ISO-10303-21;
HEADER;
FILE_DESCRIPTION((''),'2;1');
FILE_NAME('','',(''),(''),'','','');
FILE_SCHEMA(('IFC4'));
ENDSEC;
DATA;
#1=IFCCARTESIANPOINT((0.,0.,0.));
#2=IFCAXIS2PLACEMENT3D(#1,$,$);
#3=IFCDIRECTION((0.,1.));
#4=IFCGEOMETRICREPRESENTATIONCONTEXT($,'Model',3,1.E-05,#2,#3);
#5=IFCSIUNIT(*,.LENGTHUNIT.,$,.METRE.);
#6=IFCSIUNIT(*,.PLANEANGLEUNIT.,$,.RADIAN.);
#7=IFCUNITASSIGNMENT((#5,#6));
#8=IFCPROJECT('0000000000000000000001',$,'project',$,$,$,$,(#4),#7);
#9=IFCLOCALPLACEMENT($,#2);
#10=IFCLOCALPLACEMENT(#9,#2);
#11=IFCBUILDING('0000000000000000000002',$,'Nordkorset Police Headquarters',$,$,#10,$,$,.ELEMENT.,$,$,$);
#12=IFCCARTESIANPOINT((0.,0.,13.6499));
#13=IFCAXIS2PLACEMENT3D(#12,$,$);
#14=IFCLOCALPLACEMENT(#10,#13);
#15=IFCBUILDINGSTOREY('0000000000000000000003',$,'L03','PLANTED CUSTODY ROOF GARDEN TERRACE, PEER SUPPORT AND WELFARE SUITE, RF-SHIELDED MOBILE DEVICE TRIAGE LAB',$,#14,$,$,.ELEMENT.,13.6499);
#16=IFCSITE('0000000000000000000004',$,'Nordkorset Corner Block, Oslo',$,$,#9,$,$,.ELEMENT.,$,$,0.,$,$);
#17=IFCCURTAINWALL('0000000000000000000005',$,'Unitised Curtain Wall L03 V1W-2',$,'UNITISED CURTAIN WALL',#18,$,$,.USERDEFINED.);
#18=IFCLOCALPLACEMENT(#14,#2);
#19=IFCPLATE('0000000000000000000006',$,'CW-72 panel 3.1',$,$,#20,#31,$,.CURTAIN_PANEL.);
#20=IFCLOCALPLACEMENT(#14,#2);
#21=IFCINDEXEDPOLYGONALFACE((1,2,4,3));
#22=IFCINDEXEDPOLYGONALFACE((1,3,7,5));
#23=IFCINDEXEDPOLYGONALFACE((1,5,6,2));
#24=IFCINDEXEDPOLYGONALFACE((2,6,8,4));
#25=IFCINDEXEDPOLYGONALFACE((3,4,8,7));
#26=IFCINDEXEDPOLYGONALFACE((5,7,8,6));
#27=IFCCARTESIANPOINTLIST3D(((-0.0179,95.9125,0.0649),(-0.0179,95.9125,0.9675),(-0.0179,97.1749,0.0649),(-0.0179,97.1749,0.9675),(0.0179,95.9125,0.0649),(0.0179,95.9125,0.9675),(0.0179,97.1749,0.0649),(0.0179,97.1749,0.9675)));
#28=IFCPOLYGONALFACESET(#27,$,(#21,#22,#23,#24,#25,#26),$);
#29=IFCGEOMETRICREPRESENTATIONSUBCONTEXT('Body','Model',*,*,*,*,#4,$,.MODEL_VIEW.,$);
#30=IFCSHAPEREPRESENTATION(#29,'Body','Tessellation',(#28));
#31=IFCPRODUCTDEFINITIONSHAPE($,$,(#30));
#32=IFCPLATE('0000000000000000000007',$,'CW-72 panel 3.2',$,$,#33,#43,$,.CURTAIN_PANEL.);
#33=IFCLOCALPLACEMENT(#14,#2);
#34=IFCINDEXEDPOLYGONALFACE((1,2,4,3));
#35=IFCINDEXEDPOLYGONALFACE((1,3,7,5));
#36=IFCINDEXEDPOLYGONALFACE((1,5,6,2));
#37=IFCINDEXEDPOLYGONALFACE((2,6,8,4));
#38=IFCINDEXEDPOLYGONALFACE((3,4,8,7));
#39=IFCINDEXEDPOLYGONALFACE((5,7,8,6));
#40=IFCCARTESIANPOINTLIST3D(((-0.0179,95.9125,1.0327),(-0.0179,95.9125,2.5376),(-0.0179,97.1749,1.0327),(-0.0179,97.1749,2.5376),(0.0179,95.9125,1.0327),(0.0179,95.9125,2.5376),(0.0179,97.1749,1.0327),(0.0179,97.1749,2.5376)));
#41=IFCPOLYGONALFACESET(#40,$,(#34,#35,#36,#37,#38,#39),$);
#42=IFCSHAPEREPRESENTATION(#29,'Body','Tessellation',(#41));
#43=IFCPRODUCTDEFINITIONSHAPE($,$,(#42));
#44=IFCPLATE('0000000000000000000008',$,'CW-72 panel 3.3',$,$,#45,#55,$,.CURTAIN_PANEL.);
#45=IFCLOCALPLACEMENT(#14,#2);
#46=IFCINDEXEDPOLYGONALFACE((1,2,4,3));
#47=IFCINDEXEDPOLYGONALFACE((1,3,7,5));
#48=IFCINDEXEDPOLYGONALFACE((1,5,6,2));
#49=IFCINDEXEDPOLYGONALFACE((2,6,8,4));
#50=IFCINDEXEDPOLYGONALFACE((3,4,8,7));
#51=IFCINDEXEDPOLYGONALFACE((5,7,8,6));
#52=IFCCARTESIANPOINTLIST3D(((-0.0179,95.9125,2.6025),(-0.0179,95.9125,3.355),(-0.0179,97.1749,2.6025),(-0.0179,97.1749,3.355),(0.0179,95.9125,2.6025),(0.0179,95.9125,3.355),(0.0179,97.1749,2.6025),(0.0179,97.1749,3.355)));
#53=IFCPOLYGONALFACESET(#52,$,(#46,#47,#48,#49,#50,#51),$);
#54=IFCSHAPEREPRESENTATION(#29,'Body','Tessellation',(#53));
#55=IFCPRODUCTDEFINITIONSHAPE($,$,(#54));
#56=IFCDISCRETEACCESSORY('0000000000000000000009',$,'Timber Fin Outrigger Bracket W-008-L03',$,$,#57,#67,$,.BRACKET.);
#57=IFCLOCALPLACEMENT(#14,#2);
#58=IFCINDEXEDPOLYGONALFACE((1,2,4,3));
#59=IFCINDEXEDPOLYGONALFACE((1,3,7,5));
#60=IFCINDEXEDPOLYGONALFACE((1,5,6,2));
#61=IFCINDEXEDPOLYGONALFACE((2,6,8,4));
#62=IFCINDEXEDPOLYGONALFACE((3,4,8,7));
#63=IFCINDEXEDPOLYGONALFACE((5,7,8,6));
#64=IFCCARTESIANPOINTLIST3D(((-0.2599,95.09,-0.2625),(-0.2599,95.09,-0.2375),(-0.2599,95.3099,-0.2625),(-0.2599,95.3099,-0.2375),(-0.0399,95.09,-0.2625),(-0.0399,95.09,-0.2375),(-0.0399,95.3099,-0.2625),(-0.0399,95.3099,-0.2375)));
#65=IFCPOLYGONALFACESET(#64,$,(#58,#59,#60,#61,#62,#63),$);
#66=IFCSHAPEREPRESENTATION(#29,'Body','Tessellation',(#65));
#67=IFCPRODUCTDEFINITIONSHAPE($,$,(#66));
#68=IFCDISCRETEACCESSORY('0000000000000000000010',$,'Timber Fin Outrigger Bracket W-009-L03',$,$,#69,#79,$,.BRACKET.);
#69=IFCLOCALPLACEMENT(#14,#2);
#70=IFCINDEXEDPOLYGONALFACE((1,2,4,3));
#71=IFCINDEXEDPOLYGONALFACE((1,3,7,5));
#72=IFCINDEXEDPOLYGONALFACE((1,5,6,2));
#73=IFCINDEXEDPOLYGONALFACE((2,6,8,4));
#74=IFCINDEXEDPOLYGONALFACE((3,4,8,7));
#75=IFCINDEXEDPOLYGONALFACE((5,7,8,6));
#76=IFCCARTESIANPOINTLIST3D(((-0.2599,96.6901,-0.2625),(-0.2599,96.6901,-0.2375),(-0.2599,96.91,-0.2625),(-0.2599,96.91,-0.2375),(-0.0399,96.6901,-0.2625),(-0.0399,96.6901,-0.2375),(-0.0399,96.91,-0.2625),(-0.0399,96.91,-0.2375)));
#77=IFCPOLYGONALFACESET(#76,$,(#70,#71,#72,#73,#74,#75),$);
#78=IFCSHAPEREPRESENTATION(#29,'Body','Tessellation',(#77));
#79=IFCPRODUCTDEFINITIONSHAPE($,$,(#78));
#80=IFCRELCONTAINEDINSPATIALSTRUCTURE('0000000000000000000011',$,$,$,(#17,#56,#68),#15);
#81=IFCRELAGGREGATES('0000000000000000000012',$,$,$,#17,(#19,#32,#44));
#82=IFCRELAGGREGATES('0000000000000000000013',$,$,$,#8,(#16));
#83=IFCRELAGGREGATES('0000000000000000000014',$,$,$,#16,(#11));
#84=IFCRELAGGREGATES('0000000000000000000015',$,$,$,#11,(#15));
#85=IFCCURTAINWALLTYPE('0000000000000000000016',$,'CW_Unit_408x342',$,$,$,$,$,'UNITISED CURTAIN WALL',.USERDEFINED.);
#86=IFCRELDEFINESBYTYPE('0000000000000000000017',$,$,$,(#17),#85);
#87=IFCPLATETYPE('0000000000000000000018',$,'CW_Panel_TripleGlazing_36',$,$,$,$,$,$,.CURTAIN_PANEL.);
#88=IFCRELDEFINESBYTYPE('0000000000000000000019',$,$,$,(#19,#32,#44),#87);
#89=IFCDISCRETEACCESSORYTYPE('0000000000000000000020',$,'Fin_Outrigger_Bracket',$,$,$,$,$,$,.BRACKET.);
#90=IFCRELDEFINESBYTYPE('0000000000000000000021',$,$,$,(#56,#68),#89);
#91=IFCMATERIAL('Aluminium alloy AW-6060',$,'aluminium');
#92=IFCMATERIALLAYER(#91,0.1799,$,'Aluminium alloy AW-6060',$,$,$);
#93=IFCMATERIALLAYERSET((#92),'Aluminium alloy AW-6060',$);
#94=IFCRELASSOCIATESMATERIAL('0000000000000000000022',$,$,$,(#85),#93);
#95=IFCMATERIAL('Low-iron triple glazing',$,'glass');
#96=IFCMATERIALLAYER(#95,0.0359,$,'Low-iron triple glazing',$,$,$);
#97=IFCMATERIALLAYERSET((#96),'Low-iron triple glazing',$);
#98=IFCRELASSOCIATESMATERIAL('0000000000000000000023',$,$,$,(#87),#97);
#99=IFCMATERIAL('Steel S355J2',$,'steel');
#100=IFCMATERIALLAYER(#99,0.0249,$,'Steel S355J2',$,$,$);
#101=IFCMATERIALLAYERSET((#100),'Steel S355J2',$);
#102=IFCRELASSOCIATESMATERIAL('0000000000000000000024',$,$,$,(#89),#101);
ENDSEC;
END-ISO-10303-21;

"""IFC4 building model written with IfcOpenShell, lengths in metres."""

from ifc_helpers import new_model, si_unit, direction, frame, origin, origin_2d, place, context, subcontext, project, spatial, rectangle, extrude, material, layer, layer_set, type_object, element, aggregate, save


model = new_model("IFC4")

# Units and contexts
model_context = context("Model", 3, precision=1e-05, world=origin(), true_north=direction((0.0, 1.0)))
body_context = subcontext(model_context, "Body", "Model", "MODEL_VIEW")
ifc_project = project(units=[si_unit("LENGTHUNIT", "METRE"), si_unit("PLANEANGLEUNIT", "RADIAN")], contexts=[model_context])

# Site, building, storey
site_placement = place(None, origin())
site = spatial("IfcSite", under=ifc_project, at=site_placement, Name="Nordkorset Corner Block, Oslo", CompositionType="ELEMENT", RefElevation=0.0)
building_placement = place(site_placement, origin())
building = spatial("IfcBuilding", under=site, at=building_placement, Name="Nordkorset Police Headquarters", CompositionType="ELEMENT")
storey_placement = place(building_placement, frame((0.0, 0.0, 13.6499)))
storey = spatial("IfcBuildingStorey", under=building, at=storey_placement, Name="L03", Description="PLANTED CUSTODY ROOF GARDEN TERRACE, PEER SUPPORT AND WELFARE SUITE, RF-SHIELDED MOBILE DEVICE TRIAGE LAB", CompositionType="ELEMENT", Elevation=13.6499)

# Curtain wall
ifc_material_1 = material(Name="Aluminium alloy AW-6060", Category="aluminium")
ifc_layer_1 = layer(ifc_material_1, 0.1799, Name="Aluminium alloy AW-6060")
ifc_layer_set_1 = layer_set([ifc_layer_1], Name="Aluminium alloy AW-6060")
curtain_wall_type = type_object("IfcCurtainWallType", Name="CW_Unit_408x342", ElementType="UNITISED CURTAIN WALL", PredefinedType="USERDEFINED", material=ifc_layer_set_1)
curtain_wall_1_placement = place(storey_placement, origin())
curtain_wall_1 = element("IfcCurtainWall", 1, at=curtain_wall_1_placement, inside=storey, type_object=curtain_wall_type, Name="Unitised Curtain Wall L03 V1W-2", ObjectType="UNITISED CURTAIN WALL", PredefinedType="USERDEFINED")

# Plates
ifc_material_2 = material(Name="Low-iron triple glazing", Category="glass")
ifc_layer_2 = layer(ifc_material_2, 0.0359, Name="Low-iron triple glazing")
ifc_layer_set_2 = layer_set([ifc_layer_2], Name="Low-iron triple glazing")
plate_type = type_object("IfcPlateType", Name="CW_Panel_TripleGlazing_36", PredefinedType="CURTAIN_PANEL", material=ifc_layer_set_2)
plate_1_placement = place(storey_placement, frame((0.0, 96.5437, 0.0649), z_axis=(0.0, 0.0, 1.0), x_axis=(0.0, 1.0, 0.0)))
plate_1 = element("IfcPlate", 2, at=plate_1_placement, type_object=plate_type, Name="CW-72 panel 3.1", PredefinedType="CURTAIN_PANEL", context=body_context, shape_type="SweptSolid", body=[
    extrude(rectangle(XDim=1.2625, YDim=0.0359, at=origin_2d()), origin(), (0.0, 0.0, 1.0), 0.9026),
])
plate_2_placement = place(storey_placement, frame((0.0, 96.5437, 1.0327), z_axis=(0.0, 0.0, 1.0), x_axis=(0.0, 1.0, 0.0)))
plate_2 = element("IfcPlate", 3, at=plate_2_placement, type_object=plate_type, Name="CW-72 panel 3.2", PredefinedType="CURTAIN_PANEL", context=body_context, shape_type="SweptSolid", body=[
    extrude(rectangle(XDim=1.2625, YDim=0.0359, at=origin_2d()), origin(), (0.0, 0.0, 1.0), 1.5049),
])
plate_3_placement = place(storey_placement, frame((0.0, 96.5437, 2.6025), z_axis=(0.0, 0.0, 1.0), x_axis=(0.0, 1.0, 0.0)))
plate_3 = element("IfcPlate", 4, at=plate_3_placement, type_object=plate_type, Name="CW-72 panel 3.3", PredefinedType="CURTAIN_PANEL", context=body_context, shape_type="SweptSolid", body=[
    extrude(rectangle(XDim=1.2625, YDim=0.0359, at=origin_2d()), origin(), (0.0, 0.0, 1.0), 0.7524),
])
aggregate(curtain_wall_1, [plate_1, plate_2, plate_3])

# Discrete accessories
ifc_material_3 = material(Name="Steel S355J2", Category="steel")
ifc_layer_3 = layer(ifc_material_3, 0.0249, Name="Steel S355J2")
ifc_layer_set_3 = layer_set([ifc_layer_3], Name="Steel S355J2")
discrete_accessory_type = type_object("IfcDiscreteAccessoryType", Name="Fin_Outrigger_Bracket", PredefinedType="BRACKET", material=ifc_layer_set_3)
for number, where, z_axis, x_axis, name in (
    (5, (-0.1499, 95.2, -0.2625), (0.0, 0.0, 1.0), (1.0, 0.0, 0.0), "Timber Fin Outrigger Bracket W-008-L03"),
    (6, (-0.1499, 96.8, -0.2625), (0.0, 0.0, 1.0), (1.0, 0.0, 0.0), "Timber Fin Outrigger Bracket W-009-L03"),
):
    element("IfcDiscreteAccessory", number, at=place(storey_placement, frame(where, z_axis=z_axis, x_axis=x_axis)), inside=storey, type_object=discrete_accessory_type, Name=name, PredefinedType="BRACKET", context=body_context, shape_type="SweptSolid", body=[
        extrude(rectangle(XDim=0.22, YDim=0.22, at=origin_2d()), origin(), (0.0, 0.0, 1.0), 0.0249),
    ])

save(model, "model.ifc")
